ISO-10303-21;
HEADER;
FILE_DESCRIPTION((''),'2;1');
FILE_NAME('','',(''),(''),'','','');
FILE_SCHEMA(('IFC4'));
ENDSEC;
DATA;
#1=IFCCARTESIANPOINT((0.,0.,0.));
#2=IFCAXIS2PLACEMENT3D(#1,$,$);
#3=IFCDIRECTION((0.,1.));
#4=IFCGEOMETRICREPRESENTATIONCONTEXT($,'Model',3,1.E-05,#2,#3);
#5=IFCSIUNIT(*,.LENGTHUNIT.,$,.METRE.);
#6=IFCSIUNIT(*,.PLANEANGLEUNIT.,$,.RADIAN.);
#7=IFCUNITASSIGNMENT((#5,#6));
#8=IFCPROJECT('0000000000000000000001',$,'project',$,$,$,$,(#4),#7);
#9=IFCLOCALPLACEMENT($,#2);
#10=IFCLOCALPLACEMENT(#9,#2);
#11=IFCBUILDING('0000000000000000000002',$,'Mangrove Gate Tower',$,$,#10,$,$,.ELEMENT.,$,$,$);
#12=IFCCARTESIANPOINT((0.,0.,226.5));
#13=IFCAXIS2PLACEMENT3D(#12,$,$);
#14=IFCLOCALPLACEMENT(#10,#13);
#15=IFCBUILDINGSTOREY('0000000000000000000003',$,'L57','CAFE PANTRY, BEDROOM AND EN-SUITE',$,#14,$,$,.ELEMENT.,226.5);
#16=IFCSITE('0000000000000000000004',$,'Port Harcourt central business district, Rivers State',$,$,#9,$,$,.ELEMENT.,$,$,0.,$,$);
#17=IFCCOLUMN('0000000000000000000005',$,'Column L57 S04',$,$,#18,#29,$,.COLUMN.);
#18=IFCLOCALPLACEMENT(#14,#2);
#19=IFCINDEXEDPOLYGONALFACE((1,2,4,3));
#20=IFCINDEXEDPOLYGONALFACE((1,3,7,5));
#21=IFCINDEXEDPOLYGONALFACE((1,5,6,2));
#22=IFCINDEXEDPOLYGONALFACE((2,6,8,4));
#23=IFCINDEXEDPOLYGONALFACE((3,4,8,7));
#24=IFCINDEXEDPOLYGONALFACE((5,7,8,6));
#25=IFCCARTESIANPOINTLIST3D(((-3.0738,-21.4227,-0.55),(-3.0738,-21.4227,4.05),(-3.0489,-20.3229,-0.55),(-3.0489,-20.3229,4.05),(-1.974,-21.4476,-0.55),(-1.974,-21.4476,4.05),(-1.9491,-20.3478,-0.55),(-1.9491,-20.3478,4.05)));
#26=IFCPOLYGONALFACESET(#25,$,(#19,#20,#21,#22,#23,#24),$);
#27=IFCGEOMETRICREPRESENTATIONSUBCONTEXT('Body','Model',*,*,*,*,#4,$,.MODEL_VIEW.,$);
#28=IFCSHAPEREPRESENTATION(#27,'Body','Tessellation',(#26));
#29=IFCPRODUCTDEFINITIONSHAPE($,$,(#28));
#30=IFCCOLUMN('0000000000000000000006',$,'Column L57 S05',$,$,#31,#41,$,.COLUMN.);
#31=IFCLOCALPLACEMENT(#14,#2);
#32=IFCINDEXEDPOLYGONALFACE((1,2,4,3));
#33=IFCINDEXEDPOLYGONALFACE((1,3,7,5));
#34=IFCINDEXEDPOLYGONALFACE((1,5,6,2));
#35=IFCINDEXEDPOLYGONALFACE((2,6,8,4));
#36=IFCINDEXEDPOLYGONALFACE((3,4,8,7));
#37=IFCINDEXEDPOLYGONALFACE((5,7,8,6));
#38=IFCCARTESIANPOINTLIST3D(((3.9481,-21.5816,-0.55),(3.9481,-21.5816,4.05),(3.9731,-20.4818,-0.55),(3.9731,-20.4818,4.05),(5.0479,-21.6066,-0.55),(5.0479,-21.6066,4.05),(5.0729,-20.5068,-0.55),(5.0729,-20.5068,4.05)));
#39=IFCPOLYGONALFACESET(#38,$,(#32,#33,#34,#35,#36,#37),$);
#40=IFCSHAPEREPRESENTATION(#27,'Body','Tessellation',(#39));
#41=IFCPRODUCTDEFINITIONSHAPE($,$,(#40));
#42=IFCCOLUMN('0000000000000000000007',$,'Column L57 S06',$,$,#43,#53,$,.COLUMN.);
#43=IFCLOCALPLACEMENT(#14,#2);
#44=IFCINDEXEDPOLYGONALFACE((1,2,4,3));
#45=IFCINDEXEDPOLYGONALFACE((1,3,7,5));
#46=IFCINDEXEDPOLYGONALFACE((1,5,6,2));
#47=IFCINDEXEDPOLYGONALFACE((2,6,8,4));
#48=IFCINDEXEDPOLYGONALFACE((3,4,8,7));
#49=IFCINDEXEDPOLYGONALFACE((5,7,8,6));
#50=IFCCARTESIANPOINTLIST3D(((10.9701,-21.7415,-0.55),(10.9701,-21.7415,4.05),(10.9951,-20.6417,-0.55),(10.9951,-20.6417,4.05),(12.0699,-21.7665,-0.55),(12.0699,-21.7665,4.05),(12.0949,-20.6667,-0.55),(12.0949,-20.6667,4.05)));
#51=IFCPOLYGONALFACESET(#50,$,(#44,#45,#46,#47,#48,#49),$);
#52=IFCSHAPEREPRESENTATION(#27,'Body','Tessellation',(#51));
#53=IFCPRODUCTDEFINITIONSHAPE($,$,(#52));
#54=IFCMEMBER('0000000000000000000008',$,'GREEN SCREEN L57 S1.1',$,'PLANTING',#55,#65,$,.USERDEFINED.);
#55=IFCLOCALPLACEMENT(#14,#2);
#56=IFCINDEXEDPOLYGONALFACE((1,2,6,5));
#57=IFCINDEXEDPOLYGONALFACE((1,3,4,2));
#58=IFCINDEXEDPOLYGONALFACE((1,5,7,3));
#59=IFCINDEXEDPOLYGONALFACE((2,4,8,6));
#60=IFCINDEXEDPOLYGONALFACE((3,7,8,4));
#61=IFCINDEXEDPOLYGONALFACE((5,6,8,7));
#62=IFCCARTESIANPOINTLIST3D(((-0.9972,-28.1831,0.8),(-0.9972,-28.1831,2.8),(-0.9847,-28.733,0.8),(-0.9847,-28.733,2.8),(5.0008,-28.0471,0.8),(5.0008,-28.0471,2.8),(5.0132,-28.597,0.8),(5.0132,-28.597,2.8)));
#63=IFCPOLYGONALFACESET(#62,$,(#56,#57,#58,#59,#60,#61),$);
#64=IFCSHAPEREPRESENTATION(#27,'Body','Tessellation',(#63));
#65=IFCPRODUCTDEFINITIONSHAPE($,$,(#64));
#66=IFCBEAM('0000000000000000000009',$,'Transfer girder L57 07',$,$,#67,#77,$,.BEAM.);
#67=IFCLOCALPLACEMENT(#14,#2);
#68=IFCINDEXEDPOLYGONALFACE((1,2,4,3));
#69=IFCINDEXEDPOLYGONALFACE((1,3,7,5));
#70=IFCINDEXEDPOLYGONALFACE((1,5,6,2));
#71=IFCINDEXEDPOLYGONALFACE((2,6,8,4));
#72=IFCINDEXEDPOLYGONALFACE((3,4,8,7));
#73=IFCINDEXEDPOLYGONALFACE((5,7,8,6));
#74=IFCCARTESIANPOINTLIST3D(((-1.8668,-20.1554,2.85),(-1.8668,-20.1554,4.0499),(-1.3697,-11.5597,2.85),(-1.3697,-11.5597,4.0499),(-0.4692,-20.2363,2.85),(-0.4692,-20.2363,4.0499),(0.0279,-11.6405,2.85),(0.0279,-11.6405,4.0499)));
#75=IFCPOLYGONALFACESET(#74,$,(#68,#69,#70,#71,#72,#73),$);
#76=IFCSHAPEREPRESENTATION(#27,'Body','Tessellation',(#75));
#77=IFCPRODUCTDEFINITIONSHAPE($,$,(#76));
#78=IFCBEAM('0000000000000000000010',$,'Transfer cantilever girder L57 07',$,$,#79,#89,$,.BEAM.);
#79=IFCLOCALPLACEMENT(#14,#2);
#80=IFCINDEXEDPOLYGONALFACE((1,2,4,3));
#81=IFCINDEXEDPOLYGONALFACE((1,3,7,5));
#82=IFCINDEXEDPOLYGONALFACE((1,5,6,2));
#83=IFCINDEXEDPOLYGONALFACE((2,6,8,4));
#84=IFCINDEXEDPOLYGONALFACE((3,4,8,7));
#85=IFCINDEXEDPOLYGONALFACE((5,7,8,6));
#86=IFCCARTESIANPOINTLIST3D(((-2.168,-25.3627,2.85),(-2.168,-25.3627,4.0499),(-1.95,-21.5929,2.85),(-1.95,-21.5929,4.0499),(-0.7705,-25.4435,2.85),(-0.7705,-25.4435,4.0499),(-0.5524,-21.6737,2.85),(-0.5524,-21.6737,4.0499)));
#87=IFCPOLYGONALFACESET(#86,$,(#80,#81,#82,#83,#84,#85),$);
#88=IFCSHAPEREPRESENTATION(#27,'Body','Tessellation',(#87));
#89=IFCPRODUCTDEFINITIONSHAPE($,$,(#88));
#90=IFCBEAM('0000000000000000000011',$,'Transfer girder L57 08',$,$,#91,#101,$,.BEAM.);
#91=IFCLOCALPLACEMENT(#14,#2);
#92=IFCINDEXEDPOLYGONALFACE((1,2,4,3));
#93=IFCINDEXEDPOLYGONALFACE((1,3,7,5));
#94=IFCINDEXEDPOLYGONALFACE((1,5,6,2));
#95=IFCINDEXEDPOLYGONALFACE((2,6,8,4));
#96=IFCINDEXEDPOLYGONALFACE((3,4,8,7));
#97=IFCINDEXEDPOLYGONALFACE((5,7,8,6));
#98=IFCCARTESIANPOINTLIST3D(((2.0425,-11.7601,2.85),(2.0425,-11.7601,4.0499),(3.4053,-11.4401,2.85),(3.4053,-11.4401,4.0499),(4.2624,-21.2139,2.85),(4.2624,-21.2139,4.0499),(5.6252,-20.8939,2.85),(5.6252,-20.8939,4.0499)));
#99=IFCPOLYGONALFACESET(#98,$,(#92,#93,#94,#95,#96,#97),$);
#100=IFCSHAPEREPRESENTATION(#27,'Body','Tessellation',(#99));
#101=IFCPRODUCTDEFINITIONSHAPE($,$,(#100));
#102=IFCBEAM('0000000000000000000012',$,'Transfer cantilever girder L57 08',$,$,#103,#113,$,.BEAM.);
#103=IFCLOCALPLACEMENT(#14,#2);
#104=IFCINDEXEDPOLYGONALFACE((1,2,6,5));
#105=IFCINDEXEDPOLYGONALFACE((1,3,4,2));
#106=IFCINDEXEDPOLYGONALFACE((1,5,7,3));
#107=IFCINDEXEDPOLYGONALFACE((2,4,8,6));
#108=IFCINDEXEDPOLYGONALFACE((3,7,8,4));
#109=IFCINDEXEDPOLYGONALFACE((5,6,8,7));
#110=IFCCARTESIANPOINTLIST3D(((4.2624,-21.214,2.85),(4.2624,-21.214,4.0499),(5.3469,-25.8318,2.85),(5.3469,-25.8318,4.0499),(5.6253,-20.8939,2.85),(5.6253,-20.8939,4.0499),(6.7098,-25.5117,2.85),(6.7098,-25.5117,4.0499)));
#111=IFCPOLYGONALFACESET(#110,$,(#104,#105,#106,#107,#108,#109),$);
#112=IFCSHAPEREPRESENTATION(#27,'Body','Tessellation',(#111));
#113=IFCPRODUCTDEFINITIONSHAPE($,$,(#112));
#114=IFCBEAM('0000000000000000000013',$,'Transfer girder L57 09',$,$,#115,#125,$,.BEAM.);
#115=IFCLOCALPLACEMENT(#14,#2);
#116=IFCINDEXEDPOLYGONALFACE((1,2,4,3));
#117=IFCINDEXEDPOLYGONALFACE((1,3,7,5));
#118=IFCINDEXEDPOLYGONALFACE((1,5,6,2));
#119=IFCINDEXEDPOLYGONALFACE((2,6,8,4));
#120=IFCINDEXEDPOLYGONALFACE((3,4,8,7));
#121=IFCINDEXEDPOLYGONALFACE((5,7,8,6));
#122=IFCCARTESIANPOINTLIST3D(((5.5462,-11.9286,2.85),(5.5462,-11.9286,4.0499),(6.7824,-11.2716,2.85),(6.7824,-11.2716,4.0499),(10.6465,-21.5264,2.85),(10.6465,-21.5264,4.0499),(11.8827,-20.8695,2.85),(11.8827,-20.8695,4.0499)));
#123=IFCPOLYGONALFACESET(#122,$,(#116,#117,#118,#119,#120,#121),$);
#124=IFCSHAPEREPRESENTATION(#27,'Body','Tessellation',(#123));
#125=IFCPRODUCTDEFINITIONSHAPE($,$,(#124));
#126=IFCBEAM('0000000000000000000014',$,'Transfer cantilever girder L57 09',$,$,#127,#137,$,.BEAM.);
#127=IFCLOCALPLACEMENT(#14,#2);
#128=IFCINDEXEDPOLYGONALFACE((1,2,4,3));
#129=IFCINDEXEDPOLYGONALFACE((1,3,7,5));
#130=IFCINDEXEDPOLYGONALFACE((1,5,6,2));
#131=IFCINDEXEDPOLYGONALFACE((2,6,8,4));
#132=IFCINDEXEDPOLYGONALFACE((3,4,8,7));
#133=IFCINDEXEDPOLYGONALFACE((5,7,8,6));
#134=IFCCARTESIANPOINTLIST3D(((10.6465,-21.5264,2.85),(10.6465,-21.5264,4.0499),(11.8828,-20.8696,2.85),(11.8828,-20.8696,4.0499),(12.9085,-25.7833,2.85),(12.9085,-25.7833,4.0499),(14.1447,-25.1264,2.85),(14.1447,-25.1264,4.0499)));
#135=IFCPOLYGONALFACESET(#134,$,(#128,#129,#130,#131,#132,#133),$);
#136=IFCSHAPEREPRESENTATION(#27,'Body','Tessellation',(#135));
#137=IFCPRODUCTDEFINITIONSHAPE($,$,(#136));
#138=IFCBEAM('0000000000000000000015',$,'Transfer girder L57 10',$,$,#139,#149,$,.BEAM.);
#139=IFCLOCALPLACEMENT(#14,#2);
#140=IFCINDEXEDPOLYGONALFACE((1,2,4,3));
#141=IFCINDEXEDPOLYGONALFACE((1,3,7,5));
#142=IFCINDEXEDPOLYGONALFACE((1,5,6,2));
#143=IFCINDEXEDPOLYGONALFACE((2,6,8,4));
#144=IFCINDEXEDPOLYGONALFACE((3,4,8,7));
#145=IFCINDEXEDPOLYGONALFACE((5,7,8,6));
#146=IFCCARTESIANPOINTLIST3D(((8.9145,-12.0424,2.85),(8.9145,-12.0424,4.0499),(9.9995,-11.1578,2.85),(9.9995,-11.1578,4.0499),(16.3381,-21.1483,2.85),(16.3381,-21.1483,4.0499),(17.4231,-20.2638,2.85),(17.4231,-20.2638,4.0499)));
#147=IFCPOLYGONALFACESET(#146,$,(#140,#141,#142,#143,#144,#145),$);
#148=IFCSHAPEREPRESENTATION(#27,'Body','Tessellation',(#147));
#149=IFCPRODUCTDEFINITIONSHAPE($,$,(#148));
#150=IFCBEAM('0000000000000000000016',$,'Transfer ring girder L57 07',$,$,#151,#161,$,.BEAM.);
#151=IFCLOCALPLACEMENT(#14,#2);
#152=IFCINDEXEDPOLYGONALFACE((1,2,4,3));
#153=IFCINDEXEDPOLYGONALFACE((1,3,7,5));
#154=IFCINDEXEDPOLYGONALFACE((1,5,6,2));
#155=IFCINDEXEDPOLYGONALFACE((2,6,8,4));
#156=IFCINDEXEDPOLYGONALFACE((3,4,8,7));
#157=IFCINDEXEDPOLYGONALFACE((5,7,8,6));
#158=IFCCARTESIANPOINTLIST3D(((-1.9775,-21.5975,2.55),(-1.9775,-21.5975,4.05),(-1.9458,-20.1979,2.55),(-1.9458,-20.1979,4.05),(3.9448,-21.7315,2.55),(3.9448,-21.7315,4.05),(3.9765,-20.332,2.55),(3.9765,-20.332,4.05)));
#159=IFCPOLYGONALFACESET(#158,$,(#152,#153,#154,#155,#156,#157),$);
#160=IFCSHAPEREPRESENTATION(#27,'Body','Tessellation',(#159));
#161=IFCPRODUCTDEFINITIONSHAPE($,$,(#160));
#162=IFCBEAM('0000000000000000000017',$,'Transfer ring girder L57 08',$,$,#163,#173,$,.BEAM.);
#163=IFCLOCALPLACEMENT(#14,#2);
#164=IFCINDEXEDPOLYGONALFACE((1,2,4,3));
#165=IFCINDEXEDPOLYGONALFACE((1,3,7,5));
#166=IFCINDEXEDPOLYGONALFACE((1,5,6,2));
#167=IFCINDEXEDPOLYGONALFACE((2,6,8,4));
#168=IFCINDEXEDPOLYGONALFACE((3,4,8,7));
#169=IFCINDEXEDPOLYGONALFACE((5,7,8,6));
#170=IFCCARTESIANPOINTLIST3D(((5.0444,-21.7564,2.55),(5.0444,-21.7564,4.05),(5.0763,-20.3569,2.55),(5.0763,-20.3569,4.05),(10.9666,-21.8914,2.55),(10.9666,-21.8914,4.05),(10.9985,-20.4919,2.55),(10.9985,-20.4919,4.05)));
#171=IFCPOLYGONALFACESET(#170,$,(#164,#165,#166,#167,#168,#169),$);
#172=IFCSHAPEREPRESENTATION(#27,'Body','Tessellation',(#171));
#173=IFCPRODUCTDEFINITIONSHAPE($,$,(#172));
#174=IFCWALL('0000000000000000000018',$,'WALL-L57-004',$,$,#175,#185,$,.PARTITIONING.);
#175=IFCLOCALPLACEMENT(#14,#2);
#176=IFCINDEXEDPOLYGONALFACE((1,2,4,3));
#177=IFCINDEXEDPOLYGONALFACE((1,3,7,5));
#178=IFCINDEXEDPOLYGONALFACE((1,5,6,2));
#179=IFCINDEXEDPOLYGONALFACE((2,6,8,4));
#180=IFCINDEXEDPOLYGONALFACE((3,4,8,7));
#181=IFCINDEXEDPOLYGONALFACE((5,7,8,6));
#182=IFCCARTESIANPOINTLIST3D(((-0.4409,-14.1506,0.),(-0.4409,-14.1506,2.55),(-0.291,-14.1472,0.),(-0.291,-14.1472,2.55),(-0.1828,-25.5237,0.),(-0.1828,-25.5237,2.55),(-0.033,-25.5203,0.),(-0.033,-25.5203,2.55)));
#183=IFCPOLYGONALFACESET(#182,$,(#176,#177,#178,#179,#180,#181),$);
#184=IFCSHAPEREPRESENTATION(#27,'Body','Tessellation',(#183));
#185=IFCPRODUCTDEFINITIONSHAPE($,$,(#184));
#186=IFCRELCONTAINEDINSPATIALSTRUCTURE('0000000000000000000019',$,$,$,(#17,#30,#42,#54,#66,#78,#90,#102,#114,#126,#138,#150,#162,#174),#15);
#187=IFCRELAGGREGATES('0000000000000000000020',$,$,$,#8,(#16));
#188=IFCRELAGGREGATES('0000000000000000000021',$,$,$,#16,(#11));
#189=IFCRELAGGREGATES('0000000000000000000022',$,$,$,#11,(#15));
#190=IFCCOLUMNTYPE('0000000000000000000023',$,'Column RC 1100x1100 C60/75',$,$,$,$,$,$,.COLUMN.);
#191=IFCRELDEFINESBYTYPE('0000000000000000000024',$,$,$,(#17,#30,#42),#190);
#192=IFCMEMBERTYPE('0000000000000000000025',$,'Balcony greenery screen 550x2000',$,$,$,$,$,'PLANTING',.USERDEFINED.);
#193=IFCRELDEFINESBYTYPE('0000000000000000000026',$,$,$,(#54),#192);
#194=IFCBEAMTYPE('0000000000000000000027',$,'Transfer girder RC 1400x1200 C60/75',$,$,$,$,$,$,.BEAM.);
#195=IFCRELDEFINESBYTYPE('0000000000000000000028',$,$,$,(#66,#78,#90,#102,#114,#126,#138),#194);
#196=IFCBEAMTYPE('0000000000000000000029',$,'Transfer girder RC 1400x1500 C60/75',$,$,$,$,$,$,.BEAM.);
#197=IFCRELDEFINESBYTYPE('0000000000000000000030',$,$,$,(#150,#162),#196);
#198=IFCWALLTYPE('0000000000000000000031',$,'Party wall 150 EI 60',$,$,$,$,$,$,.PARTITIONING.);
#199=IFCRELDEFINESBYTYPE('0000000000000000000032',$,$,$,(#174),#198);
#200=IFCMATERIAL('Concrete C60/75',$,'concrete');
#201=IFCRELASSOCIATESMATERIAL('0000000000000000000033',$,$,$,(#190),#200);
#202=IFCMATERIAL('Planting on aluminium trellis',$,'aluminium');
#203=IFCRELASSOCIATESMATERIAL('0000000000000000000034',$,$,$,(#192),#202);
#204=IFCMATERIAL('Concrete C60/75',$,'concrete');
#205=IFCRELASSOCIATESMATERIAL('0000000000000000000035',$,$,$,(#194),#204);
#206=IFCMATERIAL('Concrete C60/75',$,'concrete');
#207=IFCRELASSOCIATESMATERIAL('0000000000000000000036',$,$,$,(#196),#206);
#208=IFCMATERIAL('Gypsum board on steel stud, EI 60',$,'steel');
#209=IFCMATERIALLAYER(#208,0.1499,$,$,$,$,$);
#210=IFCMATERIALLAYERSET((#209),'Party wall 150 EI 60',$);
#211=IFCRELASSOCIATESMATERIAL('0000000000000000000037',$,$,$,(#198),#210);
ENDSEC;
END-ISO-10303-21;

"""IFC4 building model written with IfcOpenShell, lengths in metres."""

from ifc_helpers import new_model, si_unit, direction, frame, frame_2d, origin, origin_2d, place, context, subcontext, project, spatial, rectangle, extrude, material, layer, layer_set, material_profile, profile_set, type_object, element, save


model = new_model("IFC4")

# Units and contexts
model_context = context("Model", 3, precision=1e-05, world=origin(), true_north=direction((0.0, 1.0)))
body_context = subcontext(model_context, "Body", "Model", "MODEL_VIEW")
ifc_project = project(units=[si_unit("LENGTHUNIT", "METRE"), si_unit("PLANEANGLEUNIT", "RADIAN")], contexts=[model_context])

# Site, building, storey
site_placement = place(None, origin())
site = spatial("IfcSite", under=ifc_project, at=site_placement, Name="Port Harcourt central business district, Rivers State", CompositionType="ELEMENT", RefElevation=0.0)
building_placement = place(site_placement, origin())
building = spatial("IfcBuilding", under=site, at=building_placement, Name="Mangrove Gate Tower", CompositionType="ELEMENT")
storey_placement = place(building_placement, frame((0.0, 0.0, 226.5)))
storey = spatial("IfcBuildingStorey", under=building, at=storey_placement, Name="L57", Description="CAFE PANTRY, BEDROOM AND EN-SUITE", CompositionType="ELEMENT", Elevation=226.5)

# Columns
ifc_material_1 = material(Name="Concrete C60/75", Category="concrete")
ifc_material_profile_1 = material_profile(ifc_material_1, rectangle(XDim=1.1001, YDim=1.1001, at=origin_2d()))
ifc_profile_set_1 = profile_set([ifc_material_profile_1], Name="Concrete C60/75")
column_type = type_object("IfcColumnType", Name="Column RC 1100x1100 C60/75", PredefinedType="COLUMN", material=ifc_profile_set_1)
for number, where, z_axis, x_axis, name in (
    (1, (-2.5115, -20.8853, -0.55), (0.0, 0.0, 1.0), (0.999744, -0.022637, 0.0), "Column L57 S04"),
    (2, (4.5105, -21.0442, -0.55), (0.0, 0.0, 1.0), (0.999742, -0.022708, 0.0), "Column L57 S05"),
    (3, (11.5325, -21.2041, -0.55), (0.0, 0.0, 1.0), (0.999742, -0.022707, 0.0), "Column L57 S06"),
):
    element("IfcColumn", number, at=place(storey_placement, frame(where, z_axis=z_axis, x_axis=x_axis)), inside=storey, type_object=column_type, Name=name, PredefinedType="COLUMN", context=body_context, shape_type="SweptSolid", body=[
        extrude(rectangle(XDim=1.1001, YDim=1.1001, at=origin_2d()), origin(), (0.0, 0.0, 1.0), 4.6001),
    ])

# Member
ifc_material_2 = material(Name="Planting on aluminium trellis", Category="aluminium")
ifc_material_profile_2 = material_profile(ifc_material_2, rectangle(XDim=0.55, YDim=2.0, at=origin_2d()))
ifc_profile_set_2 = profile_set([ifc_material_profile_2], Name="Planting on aluminium trellis")
member_type = type_object("IfcMemberType", Name="Balcony greenery screen 550x2000", ElementType="PLANTING", PredefinedType="USERDEFINED", material=ifc_profile_set_2)
member_placement = place(storey_placement, frame((-0.991, -28.458, 1.8), z_axis=(0.999743, 0.022666, 0.0), x_axis=(-0.022666, 0.999743, 0.0)))
element("IfcMember", 4, at=member_placement, inside=storey, type_object=member_type, Name="GREEN SCREEN L57 S1.1", ObjectType="PLANTING", PredefinedType="USERDEFINED", context=body_context, shape_type="SweptSolid", body=[
    extrude(rectangle(XDim=0.55, YDim=2.0, at=origin_2d()), origin(), (0.0, 0.0, 1.0), 5.9995),
])

# Beams
ifc_material_3 = material(Name="Concrete C60/75", Category="concrete")
ifc_material_profile_3 = material_profile(ifc_material_3, rectangle(XDim=1.3999, YDim=1.2, at=origin_2d()))
ifc_profile_set_3 = profile_set([ifc_material_profile_3], Name="Concrete C60/75")
beam_type_1 = type_object("IfcBeamType", Name="Transfer girder RC 1400x1200 C60/75", PredefinedType="BEAM", material=ifc_profile_set_3)
beam_1_placement = place(storey_placement, frame((-0.6709, -11.6001, 3.45), z_axis=(-0.057731, -0.998332, 0.0), x_axis=(0.998332, -0.057731, 0.0)))
element("IfcBeam", 5, at=beam_1_placement, inside=storey, type_object=beam_type_1, Name="Transfer girder L57 07", PredefinedType="BEAM", context=body_context, shape_type="SweptSolid", body=[
    extrude(rectangle(XDim=1.3999, YDim=1.2, at=origin_2d()), origin(), (0.0, 0.0, 1.0), 8.6101),
])
beam_2_placement = place(storey_placement, frame((-1.2512, -21.6333, 3.45), z_axis=(-0.057737, -0.998332, 0.0), x_axis=(0.998332, -0.057737, 0.0)))
element("IfcBeam", 6, at=beam_2_placement, inside=storey, type_object=beam_type_1, Name="Transfer cantilever girder L57 07", PredefinedType="BEAM", context=body_context, shape_type="SweptSolid", body=[
    extrude(rectangle(XDim=1.3999, YDim=1.2, at=origin_2d()), origin(), (0.0, 0.0, 1.0), 3.7761),
])
beam_3_placement = place(storey_placement, frame((2.7239, -11.6001, 3.45), z_axis=(0.228604, -0.97352, 0.0), x_axis=(0.97352, 0.228604, 0.0)))
element("IfcBeam", 7, at=beam_3_placement, inside=storey, type_object=beam_type_1, Name="Transfer girder L57 08", PredefinedType="BEAM", context=body_context, shape_type="SweptSolid", body=[
    extrude(rectangle(XDim=1.3999, YDim=1.2, at=origin_2d()), origin(), (0.0, 0.0, 1.0), 9.7109),
])
beam_4_placement = place(storey_placement, frame((4.9438, -21.054, 3.45), z_axis=(0.228632, -0.973513, 0.0), x_axis=(0.973513, 0.228632, 0.0)))
element("IfcBeam", 8, at=beam_4_placement, inside=storey, type_object=beam_type_1, Name="Transfer cantilever girder L57 08", PredefinedType="BEAM", context=body_context, shape_type="SweptSolid", body=[
    extrude(rectangle(XDim=1.3999, YDim=1.2, at=origin_2d()), origin(), (0.0, 0.0, 1.0), 4.7434),
])
beam_5_placement = place(storey_placement, frame((6.1643, -11.6001, 3.45), z_axis=(0.46926, -0.88306, 0.0), x_axis=(0.88306, 0.46926, 0.0)))
element("IfcBeam", 9, at=beam_5_placement, inside=storey, type_object=beam_type_1, Name="Transfer girder L57 09", PredefinedType="BEAM", context=body_context, shape_type="SweptSolid", body=[
    extrude(rectangle(XDim=1.3999, YDim=1.2, at=origin_2d()), origin(), (0.0, 0.0, 1.0), 10.8689),
])
beam_6_placement = place(storey_placement, frame((11.2646, -21.198, 3.45), z_axis=(0.469239, -0.883071, 0.0), x_axis=(0.883071, 0.469239, 0.0)))
element("IfcBeam", 10, at=beam_6_placement, inside=storey, type_object=beam_type_1, Name="Transfer cantilever girder L57 09", PredefinedType="BEAM", context=body_context, shape_type="SweptSolid", body=[
    extrude(rectangle(XDim=1.3999, YDim=1.2, at=origin_2d()), origin(), (0.0, 0.0, 1.0), 4.8206),
])
beam_7_placement = place(storey_placement, frame((9.457, -11.6001, 3.45), z_axis=(0.631873, -0.775072, 0.0), x_axis=(0.775072, 0.631873, 0.0)))
element("IfcBeam", 11, at=beam_7_placement, inside=storey, type_object=beam_type_1, Name="Transfer girder L57 10", PredefinedType="BEAM", context=body_context, shape_type="SweptSolid", body=[
    extrude(rectangle(XDim=1.3999, YDim=1.2, at=origin_2d()), origin(), (0.0, 0.0, 1.0), 11.7485),
])
ifc_material_4 = material(Name="Concrete C60/75", Category="concrete")
ifc_material_profile_4 = material_profile(ifc_material_4, rectangle(XDim=1.3999, YDim=1.5, at=origin_2d()))
ifc_profile_set_4 = profile_set([ifc_material_profile_4], Name="Concrete C60/75")
beam_type_2 = type_object("IfcBeamType", Name="Transfer girder RC 1400x1500 C60/75", PredefinedType="BEAM", material=ifc_profile_set_4)
for number, where, z_axis, x_axis, name in (
    (12, (-1.9617, -20.8977, 3.3), (0.999744, -0.022626, 0.0), (0.022626, 0.999744, 0.0), "Transfer ring girder L57 07"),
    (13, (5.0603, -21.0566, 3.3), (0.99974, -0.022791, 0.0), (0.022791, 0.99974, 0.0), "Transfer ring girder L57 08"),
):
    element("IfcBeam", number, at=place(storey_placement, frame(where, z_axis=z_axis, x_axis=x_axis)), inside=storey, type_object=beam_type_2, Name=name, PredefinedType="BEAM", context=body_context, shape_type="SweptSolid", body=[
        extrude(rectangle(XDim=1.3999, YDim=1.5, at=origin_2d()), origin(), (0.0, 0.0, 1.0), 5.9238),
    ])

# Wall
ifc_material_5 = material(Name="Gypsum board on steel stud, EI 60", Category="steel")
ifc_layer_1 = layer(ifc_material_5, 0.1499)
ifc_layer_set_1 = layer_set([ifc_layer_1], Name="Party wall 150 EI 60")
wall_type_1 = type_object("IfcWallType", Name="Party wall 150 EI 60", PredefinedType="PARTITIONING", material=ifc_layer_set_1)
wall_1_placement = place(storey_placement, frame((-0.1079, -25.522, 0.0), z_axis=(0.0, 0.0, 1.0), x_axis=(-0.022684, 0.999743, 0.0)))
element("IfcWall", 14, at=wall_1_placement, inside=storey, type_object=wall_type_1, Name="WALL-L57-004", PredefinedType="PARTITIONING", context=body_context, shape_type="SweptSolid", body=[
    extrude(rectangle(XDim=11.376, YDim=0.1499, at=frame_2d((5.688, 0.0))), origin(), (0.0, 0.0, 1.0), 2.55),
])

save(model, "model.ifc")
